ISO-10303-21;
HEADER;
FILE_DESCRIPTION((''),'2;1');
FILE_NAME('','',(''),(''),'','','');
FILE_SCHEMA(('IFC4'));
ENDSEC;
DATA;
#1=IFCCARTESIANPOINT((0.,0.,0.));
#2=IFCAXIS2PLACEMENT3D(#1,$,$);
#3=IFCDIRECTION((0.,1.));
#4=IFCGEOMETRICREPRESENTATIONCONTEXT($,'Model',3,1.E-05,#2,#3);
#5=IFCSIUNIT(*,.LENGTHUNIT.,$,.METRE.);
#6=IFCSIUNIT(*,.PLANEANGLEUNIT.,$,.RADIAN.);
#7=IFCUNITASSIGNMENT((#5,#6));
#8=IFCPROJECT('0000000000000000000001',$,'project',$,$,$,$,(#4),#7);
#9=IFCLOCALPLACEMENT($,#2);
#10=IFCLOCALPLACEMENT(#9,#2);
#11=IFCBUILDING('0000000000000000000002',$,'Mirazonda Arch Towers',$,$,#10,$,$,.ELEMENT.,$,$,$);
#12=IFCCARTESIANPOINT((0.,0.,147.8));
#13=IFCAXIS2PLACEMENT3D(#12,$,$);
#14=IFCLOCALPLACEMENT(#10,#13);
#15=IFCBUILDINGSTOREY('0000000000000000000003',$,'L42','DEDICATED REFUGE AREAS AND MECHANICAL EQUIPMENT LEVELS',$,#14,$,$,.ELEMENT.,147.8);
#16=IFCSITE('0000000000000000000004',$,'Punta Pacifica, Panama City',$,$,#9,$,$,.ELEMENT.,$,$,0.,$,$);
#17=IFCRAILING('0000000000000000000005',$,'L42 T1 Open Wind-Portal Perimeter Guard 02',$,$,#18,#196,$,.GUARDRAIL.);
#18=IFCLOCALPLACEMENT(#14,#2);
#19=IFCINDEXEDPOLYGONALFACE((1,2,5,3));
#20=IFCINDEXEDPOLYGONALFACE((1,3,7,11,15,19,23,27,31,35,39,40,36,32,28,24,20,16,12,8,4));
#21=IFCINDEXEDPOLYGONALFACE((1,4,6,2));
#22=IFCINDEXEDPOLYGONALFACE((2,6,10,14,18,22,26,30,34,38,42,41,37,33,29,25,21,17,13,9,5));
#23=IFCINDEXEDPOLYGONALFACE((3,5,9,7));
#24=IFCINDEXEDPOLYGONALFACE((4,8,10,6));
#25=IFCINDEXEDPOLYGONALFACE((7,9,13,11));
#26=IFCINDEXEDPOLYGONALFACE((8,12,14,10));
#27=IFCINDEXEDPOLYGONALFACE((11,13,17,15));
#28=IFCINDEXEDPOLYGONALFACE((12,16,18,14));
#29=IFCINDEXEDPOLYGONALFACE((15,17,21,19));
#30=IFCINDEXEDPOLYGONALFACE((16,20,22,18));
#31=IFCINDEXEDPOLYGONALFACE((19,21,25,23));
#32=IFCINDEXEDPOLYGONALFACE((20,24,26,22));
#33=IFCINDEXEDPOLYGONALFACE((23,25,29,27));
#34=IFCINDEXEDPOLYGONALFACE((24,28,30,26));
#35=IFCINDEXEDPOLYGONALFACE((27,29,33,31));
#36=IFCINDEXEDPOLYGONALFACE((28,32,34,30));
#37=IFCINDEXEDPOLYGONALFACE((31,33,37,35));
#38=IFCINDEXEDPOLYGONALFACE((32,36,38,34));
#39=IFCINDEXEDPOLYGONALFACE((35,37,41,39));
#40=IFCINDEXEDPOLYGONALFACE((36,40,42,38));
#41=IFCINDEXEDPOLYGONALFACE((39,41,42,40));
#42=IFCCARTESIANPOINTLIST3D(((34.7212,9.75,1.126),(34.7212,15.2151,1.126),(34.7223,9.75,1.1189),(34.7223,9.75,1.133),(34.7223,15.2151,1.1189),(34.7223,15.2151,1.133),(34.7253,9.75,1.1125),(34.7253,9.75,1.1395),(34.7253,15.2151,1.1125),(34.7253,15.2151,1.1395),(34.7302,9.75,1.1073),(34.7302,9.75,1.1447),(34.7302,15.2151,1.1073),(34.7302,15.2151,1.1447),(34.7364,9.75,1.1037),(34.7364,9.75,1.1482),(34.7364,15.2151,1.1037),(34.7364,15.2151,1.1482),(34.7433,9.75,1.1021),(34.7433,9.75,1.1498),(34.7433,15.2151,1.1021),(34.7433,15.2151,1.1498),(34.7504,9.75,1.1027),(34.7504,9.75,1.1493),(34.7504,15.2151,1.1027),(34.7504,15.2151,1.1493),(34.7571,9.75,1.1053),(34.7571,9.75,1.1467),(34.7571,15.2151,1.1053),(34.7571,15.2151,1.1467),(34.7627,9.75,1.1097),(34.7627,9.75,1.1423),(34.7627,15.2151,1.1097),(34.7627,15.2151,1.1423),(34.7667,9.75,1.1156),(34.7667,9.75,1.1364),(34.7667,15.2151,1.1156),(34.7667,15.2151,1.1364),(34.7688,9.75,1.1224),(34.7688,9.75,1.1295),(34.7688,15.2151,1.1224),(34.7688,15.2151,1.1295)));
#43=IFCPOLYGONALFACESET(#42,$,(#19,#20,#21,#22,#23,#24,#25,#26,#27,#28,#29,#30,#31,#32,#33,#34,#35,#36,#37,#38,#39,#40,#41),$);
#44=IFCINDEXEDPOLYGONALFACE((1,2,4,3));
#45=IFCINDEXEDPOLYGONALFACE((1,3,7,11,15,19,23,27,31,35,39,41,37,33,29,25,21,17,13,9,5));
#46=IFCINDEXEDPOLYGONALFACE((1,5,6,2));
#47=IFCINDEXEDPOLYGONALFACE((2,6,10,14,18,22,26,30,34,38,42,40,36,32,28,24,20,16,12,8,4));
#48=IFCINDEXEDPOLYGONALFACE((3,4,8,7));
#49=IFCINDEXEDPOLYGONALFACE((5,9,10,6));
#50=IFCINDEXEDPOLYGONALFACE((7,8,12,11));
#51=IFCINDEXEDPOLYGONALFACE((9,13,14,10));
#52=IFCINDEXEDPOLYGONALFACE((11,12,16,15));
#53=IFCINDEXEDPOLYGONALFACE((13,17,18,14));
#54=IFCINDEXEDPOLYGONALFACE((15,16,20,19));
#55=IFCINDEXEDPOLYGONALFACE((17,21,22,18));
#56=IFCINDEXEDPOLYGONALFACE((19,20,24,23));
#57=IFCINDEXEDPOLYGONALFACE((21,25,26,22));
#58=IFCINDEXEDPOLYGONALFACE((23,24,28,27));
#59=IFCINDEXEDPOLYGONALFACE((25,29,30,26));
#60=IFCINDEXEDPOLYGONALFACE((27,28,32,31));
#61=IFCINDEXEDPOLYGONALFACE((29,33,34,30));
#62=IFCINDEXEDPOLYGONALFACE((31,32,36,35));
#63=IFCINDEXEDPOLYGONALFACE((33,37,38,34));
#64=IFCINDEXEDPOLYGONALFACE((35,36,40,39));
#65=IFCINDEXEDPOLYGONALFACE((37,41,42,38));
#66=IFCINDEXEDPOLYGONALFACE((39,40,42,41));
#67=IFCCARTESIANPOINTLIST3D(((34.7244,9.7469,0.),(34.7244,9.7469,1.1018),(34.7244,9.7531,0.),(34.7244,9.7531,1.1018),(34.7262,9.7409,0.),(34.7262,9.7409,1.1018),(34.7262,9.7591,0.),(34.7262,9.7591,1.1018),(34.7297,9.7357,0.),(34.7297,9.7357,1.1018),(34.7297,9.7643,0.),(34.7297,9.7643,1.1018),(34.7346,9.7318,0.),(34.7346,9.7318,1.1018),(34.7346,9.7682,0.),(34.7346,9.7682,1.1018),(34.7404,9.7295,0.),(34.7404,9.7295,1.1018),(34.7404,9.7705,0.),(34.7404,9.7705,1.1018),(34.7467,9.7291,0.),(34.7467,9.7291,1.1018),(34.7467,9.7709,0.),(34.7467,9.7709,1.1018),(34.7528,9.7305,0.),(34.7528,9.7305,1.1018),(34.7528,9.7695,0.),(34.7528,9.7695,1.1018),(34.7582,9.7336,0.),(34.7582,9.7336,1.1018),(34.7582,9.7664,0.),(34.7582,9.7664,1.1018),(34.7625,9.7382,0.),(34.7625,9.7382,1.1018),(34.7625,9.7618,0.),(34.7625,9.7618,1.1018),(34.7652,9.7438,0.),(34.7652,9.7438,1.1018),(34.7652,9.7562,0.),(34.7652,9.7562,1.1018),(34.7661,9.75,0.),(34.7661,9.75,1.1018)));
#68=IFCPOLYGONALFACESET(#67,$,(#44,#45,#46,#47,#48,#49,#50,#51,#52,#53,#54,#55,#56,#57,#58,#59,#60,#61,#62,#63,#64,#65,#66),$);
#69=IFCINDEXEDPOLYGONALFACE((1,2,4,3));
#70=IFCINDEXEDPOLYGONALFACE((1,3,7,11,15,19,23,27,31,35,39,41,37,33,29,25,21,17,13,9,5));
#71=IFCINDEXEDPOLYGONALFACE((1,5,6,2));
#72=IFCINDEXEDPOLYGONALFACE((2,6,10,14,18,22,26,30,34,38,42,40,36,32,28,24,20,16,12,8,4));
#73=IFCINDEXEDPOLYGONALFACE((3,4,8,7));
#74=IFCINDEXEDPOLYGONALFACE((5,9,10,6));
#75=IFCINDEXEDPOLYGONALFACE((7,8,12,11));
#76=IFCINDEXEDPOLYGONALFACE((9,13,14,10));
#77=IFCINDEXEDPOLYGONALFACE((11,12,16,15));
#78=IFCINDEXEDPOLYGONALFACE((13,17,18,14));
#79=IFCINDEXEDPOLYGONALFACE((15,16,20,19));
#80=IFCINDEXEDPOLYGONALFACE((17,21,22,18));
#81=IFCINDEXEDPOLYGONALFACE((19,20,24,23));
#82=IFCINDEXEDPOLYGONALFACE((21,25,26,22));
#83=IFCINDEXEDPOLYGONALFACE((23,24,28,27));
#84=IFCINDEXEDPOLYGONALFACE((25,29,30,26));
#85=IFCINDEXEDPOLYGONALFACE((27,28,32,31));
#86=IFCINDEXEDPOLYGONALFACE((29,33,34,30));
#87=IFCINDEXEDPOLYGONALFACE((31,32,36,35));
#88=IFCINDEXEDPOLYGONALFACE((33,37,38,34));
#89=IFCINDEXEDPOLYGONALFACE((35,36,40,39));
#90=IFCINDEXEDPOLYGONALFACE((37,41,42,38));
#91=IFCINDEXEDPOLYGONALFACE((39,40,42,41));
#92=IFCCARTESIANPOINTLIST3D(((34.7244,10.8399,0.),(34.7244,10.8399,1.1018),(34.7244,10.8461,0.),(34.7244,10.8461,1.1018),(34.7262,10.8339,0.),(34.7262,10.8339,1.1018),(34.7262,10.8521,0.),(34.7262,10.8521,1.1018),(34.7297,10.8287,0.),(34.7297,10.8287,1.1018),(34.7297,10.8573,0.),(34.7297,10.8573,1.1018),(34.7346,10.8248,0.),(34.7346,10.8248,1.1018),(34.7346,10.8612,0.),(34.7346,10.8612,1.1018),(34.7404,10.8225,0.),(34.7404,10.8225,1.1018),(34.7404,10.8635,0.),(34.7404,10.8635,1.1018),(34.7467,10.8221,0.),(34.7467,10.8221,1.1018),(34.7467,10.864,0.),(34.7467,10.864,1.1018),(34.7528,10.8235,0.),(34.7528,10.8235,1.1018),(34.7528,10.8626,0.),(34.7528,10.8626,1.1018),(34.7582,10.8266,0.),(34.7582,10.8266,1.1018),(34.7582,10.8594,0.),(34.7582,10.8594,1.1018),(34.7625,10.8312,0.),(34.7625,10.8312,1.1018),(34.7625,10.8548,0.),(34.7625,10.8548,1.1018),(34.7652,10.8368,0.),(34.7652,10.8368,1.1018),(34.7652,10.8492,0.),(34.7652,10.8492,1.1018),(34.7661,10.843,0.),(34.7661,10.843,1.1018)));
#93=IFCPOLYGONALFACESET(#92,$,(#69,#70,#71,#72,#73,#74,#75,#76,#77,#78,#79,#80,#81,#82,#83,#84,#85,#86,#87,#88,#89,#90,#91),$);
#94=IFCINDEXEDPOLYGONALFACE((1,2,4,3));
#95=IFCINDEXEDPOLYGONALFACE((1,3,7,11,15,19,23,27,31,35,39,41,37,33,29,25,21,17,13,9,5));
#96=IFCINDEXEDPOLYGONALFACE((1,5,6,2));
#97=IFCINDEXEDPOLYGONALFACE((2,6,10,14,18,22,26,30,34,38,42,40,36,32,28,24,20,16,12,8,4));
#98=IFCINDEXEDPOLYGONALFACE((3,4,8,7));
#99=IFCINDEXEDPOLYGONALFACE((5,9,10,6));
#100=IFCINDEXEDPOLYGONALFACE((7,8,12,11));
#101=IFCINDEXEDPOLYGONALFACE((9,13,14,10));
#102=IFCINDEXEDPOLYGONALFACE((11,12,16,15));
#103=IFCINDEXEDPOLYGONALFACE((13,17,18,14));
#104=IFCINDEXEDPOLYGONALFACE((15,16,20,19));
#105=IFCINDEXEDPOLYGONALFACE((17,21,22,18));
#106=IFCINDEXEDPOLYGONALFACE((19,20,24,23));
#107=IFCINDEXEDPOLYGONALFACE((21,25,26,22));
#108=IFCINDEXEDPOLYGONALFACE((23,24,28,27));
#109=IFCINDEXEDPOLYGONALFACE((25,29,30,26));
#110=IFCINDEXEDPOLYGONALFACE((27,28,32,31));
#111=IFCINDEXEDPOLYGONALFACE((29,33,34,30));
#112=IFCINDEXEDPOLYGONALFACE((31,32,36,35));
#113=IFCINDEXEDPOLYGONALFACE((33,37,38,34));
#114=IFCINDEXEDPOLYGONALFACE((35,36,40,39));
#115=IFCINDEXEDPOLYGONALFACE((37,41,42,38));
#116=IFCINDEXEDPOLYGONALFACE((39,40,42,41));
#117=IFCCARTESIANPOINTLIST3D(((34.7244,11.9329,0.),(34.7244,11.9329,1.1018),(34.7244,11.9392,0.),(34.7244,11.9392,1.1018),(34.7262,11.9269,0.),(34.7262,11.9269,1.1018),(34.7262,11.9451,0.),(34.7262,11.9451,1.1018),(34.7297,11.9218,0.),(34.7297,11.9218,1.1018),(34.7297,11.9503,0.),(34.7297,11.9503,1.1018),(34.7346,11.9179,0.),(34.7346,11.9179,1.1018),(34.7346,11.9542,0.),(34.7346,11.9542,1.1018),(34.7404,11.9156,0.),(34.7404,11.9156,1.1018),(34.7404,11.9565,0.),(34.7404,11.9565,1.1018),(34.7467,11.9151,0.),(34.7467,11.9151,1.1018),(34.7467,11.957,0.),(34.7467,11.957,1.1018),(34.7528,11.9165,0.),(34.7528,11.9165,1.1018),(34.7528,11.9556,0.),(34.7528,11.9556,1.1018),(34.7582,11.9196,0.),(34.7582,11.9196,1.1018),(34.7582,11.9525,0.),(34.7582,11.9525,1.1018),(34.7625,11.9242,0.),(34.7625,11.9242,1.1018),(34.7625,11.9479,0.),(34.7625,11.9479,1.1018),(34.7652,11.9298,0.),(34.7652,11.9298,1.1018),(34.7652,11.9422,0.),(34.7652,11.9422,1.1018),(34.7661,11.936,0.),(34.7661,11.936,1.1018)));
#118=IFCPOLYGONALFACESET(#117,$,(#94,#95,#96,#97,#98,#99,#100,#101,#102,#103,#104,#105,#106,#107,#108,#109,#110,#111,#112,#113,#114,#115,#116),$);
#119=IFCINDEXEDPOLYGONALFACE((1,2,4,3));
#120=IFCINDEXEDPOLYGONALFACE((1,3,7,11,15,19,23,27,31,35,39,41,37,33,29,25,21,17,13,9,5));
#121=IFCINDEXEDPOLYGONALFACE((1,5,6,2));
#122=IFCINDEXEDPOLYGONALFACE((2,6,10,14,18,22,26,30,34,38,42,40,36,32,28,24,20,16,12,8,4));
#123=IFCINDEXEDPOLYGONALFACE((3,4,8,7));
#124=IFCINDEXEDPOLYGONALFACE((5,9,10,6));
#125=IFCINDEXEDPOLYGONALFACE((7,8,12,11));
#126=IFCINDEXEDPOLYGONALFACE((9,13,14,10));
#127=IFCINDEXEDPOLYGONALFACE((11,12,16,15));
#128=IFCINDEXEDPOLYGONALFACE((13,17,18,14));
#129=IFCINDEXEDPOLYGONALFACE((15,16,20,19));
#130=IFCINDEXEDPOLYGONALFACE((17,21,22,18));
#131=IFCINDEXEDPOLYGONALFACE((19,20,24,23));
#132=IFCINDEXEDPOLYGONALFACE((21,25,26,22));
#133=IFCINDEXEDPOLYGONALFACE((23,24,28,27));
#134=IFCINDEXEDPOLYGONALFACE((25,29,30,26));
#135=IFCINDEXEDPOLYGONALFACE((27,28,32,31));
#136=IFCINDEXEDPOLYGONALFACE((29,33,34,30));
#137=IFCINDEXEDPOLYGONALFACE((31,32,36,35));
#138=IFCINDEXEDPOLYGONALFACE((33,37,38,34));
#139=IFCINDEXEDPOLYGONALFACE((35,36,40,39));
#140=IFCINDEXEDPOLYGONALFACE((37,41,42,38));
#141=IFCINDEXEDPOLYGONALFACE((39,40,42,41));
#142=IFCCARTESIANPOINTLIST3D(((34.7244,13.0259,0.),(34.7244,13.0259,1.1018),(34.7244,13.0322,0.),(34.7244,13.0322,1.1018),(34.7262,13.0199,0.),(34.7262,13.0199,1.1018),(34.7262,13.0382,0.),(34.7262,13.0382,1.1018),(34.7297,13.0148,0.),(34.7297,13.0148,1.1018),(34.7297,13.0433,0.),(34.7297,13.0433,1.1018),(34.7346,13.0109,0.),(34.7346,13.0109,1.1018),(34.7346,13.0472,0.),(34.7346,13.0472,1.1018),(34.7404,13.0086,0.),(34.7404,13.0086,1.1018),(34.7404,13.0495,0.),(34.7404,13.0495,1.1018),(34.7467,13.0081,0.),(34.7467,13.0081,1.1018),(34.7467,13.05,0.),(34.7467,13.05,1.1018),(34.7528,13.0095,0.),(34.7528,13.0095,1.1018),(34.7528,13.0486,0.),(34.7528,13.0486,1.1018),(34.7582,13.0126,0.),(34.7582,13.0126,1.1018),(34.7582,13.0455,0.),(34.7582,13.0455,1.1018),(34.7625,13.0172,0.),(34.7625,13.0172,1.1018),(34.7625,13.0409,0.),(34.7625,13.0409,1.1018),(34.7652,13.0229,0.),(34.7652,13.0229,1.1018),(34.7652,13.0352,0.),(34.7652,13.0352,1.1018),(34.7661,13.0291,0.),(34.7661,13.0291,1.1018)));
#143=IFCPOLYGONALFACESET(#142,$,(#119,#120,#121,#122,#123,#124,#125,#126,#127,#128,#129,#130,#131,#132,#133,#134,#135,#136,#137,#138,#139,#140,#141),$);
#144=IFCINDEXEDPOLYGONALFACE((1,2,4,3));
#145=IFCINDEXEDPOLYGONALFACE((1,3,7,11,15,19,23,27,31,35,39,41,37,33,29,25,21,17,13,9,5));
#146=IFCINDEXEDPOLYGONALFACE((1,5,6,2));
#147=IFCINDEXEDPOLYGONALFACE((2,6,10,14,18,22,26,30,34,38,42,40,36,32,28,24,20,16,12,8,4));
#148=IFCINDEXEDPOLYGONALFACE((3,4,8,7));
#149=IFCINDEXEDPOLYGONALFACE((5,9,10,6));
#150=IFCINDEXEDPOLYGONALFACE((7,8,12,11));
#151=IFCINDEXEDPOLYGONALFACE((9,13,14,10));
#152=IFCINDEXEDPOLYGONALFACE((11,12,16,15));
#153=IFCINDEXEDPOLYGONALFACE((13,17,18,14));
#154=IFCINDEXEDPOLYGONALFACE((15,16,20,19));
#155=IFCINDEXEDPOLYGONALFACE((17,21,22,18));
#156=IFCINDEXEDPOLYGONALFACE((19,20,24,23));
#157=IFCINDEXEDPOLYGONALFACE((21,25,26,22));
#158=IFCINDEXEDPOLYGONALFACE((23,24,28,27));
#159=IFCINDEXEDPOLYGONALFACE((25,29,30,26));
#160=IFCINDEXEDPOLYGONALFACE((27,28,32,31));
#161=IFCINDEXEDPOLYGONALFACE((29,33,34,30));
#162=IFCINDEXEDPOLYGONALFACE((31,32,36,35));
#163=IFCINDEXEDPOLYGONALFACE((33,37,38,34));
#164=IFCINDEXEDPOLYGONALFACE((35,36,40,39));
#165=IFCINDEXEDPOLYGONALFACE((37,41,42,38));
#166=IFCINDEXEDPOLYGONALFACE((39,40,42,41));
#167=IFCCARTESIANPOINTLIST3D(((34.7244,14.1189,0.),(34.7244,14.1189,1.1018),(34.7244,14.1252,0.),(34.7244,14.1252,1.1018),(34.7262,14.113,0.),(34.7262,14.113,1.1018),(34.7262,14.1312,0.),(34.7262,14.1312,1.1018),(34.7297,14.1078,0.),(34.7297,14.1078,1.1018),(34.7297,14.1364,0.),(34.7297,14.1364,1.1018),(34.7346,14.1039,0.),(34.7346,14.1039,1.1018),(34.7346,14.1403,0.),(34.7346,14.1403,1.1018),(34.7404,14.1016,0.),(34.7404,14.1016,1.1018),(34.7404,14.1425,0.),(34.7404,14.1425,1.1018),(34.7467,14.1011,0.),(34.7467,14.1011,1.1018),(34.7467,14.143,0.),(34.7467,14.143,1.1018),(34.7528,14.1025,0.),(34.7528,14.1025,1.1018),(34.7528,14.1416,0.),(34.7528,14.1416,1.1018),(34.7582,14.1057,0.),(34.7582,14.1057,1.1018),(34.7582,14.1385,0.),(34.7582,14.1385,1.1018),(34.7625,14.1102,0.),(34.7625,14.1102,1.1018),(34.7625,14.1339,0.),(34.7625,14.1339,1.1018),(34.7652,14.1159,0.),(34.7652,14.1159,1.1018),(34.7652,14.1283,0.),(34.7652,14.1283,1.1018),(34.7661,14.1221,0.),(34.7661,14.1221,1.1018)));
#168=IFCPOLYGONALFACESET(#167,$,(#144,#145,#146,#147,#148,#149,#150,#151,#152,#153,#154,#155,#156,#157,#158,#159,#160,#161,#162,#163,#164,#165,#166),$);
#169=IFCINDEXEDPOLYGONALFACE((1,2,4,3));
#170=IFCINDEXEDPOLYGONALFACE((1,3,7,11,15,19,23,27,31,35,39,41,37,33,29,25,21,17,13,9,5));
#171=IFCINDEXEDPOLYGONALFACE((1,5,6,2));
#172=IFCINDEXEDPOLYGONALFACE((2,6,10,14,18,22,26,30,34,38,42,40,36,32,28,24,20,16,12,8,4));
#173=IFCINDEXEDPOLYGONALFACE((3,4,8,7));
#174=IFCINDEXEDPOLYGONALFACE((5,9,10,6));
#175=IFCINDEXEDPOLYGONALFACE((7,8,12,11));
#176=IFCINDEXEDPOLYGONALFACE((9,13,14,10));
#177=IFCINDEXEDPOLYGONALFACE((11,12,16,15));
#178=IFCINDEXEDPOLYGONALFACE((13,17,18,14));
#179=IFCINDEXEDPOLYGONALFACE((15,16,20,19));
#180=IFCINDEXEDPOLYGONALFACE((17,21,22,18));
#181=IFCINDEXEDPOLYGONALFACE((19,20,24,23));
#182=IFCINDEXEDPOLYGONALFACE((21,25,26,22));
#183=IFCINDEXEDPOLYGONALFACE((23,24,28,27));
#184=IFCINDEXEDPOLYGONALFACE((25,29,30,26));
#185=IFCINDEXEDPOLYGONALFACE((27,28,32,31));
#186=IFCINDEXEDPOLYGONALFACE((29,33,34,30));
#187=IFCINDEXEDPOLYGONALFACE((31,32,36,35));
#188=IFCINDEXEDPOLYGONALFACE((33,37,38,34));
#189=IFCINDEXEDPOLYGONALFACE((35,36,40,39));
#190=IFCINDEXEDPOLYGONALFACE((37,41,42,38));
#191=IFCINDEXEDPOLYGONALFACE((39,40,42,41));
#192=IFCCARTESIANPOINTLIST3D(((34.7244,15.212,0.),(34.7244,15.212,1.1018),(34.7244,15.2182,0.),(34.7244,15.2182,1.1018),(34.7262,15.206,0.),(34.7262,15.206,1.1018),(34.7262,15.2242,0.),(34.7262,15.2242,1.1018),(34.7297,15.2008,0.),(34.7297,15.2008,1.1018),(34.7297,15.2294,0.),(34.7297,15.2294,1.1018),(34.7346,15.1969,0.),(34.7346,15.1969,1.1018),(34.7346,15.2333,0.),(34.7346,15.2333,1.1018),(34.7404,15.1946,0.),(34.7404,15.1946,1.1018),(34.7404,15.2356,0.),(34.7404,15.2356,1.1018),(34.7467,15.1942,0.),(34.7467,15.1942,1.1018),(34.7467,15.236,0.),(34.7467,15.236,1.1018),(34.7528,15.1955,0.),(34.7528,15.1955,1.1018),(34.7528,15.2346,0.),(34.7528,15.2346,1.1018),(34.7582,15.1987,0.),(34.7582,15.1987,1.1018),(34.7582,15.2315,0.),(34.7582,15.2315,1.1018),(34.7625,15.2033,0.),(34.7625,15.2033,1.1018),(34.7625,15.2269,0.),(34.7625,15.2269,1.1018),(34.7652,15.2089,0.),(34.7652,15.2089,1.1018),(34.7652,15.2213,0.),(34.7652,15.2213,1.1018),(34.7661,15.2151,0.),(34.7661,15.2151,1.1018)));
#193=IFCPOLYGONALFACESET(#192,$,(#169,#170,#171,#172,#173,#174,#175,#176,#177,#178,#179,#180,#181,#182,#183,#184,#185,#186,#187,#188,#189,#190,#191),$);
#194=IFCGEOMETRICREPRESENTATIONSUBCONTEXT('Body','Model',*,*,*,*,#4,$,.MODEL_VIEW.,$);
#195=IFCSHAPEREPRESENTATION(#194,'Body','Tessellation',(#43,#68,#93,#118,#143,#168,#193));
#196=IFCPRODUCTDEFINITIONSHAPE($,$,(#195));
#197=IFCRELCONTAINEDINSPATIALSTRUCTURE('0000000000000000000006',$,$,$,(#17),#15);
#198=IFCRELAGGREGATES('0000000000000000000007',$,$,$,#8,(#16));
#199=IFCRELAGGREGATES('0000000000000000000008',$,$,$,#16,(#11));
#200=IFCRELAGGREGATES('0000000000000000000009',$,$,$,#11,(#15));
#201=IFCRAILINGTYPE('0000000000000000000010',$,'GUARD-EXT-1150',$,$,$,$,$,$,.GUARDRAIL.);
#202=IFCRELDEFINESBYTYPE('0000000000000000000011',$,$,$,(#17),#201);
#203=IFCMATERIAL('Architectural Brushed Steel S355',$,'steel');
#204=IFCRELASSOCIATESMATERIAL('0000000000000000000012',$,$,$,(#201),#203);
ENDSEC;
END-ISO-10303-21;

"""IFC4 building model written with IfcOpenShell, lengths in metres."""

from ifc_helpers import new_model, si_unit, direction, frame, origin, origin_2d, place, context, subcontext, project, spatial, circle, extrude, material, type_object, element, save


model = new_model("IFC4")

# Units and contexts
model_context = context("Model", 3, precision=1e-05, world=origin(), true_north=direction((0.0, 1.0)))
body_context = subcontext(model_context, "Body", "Model", "MODEL_VIEW")
ifc_project = project(units=[si_unit("LENGTHUNIT", "METRE"), si_unit("PLANEANGLEUNIT", "RADIAN")], contexts=[model_context])

# Site, building, storey
site_placement = place(None, origin())
site = spatial("IfcSite", under=ifc_project, at=site_placement, Name="Punta Pacifica, Panama City", CompositionType="ELEMENT", RefElevation=0.0)
building_placement = place(site_placement, origin())
building = spatial("IfcBuilding", under=site, at=building_placement, Name="Mirazonda Arch Towers", CompositionType="ELEMENT")
storey_placement = place(building_placement, frame((0.0, 0.0, 147.8)))
storey = spatial("IfcBuildingStorey", under=building, at=storey_placement, Name="L42", Description="DEDICATED REFUGE AREAS AND MECHANICAL EQUIPMENT LEVELS", CompositionType="ELEMENT", Elevation=147.8)

# Railing
ifc_material_1 = material(Name="Architectural Brushed Steel S355", Category="steel")
railing_type = type_object("IfcRailingType", Name="GUARD-EXT-1150", PredefinedType="GUARDRAIL", material=ifc_material_1)
railing_1_placement = place(storey_placement, frame((34.7451, 9.75, 0.0)))
element("IfcRailing", 1, at=railing_1_placement, inside=storey, type_object=railing_type, Name="L42 T1 Open Wind-Portal Perimeter Guard 02", PredefinedType="GUARDRAIL", context=body_context, shape_type="SweptSolid", body=[
    extrude(circle(Radius=0.0239, at=origin_2d()), frame((0.0, 0.0, 1.126), z_axis=(0.0, 1.0, 0.0), x_axis=(-1.0, 0.0, 0.0)), (0.0, 0.0, 1.0), 5.4651),
    extrude(circle(Radius=0.021, at=origin_2d()), origin(), (0.0, 0.0, 1.0), 1.1018),
    extrude(circle(Radius=0.021, at=origin_2d()), frame((0.0, 1.093, 0.0)), (0.0, 0.0, 1.0), 1.1018),
    extrude(circle(Radius=0.021, at=origin_2d()), frame((0.0, 2.186, 0.0)), (0.0, 0.0, 1.0), 1.1018),
    extrude(circle(Radius=0.021, at=origin_2d()), frame((0.0, 3.2791, 0.0)), (0.0, 0.0, 1.0), 1.1018),
    extrude(circle(Radius=0.021, at=origin_2d()), frame((0.0, 4.3721, 0.0)), (0.0, 0.0, 1.0), 1.1018),
    extrude(circle(Radius=0.021, at=origin_2d()), frame((0.0, 5.4651, 0.0)), (0.0, 0.0, 1.0), 1.1018),
])

save(model, "model.ifc")
